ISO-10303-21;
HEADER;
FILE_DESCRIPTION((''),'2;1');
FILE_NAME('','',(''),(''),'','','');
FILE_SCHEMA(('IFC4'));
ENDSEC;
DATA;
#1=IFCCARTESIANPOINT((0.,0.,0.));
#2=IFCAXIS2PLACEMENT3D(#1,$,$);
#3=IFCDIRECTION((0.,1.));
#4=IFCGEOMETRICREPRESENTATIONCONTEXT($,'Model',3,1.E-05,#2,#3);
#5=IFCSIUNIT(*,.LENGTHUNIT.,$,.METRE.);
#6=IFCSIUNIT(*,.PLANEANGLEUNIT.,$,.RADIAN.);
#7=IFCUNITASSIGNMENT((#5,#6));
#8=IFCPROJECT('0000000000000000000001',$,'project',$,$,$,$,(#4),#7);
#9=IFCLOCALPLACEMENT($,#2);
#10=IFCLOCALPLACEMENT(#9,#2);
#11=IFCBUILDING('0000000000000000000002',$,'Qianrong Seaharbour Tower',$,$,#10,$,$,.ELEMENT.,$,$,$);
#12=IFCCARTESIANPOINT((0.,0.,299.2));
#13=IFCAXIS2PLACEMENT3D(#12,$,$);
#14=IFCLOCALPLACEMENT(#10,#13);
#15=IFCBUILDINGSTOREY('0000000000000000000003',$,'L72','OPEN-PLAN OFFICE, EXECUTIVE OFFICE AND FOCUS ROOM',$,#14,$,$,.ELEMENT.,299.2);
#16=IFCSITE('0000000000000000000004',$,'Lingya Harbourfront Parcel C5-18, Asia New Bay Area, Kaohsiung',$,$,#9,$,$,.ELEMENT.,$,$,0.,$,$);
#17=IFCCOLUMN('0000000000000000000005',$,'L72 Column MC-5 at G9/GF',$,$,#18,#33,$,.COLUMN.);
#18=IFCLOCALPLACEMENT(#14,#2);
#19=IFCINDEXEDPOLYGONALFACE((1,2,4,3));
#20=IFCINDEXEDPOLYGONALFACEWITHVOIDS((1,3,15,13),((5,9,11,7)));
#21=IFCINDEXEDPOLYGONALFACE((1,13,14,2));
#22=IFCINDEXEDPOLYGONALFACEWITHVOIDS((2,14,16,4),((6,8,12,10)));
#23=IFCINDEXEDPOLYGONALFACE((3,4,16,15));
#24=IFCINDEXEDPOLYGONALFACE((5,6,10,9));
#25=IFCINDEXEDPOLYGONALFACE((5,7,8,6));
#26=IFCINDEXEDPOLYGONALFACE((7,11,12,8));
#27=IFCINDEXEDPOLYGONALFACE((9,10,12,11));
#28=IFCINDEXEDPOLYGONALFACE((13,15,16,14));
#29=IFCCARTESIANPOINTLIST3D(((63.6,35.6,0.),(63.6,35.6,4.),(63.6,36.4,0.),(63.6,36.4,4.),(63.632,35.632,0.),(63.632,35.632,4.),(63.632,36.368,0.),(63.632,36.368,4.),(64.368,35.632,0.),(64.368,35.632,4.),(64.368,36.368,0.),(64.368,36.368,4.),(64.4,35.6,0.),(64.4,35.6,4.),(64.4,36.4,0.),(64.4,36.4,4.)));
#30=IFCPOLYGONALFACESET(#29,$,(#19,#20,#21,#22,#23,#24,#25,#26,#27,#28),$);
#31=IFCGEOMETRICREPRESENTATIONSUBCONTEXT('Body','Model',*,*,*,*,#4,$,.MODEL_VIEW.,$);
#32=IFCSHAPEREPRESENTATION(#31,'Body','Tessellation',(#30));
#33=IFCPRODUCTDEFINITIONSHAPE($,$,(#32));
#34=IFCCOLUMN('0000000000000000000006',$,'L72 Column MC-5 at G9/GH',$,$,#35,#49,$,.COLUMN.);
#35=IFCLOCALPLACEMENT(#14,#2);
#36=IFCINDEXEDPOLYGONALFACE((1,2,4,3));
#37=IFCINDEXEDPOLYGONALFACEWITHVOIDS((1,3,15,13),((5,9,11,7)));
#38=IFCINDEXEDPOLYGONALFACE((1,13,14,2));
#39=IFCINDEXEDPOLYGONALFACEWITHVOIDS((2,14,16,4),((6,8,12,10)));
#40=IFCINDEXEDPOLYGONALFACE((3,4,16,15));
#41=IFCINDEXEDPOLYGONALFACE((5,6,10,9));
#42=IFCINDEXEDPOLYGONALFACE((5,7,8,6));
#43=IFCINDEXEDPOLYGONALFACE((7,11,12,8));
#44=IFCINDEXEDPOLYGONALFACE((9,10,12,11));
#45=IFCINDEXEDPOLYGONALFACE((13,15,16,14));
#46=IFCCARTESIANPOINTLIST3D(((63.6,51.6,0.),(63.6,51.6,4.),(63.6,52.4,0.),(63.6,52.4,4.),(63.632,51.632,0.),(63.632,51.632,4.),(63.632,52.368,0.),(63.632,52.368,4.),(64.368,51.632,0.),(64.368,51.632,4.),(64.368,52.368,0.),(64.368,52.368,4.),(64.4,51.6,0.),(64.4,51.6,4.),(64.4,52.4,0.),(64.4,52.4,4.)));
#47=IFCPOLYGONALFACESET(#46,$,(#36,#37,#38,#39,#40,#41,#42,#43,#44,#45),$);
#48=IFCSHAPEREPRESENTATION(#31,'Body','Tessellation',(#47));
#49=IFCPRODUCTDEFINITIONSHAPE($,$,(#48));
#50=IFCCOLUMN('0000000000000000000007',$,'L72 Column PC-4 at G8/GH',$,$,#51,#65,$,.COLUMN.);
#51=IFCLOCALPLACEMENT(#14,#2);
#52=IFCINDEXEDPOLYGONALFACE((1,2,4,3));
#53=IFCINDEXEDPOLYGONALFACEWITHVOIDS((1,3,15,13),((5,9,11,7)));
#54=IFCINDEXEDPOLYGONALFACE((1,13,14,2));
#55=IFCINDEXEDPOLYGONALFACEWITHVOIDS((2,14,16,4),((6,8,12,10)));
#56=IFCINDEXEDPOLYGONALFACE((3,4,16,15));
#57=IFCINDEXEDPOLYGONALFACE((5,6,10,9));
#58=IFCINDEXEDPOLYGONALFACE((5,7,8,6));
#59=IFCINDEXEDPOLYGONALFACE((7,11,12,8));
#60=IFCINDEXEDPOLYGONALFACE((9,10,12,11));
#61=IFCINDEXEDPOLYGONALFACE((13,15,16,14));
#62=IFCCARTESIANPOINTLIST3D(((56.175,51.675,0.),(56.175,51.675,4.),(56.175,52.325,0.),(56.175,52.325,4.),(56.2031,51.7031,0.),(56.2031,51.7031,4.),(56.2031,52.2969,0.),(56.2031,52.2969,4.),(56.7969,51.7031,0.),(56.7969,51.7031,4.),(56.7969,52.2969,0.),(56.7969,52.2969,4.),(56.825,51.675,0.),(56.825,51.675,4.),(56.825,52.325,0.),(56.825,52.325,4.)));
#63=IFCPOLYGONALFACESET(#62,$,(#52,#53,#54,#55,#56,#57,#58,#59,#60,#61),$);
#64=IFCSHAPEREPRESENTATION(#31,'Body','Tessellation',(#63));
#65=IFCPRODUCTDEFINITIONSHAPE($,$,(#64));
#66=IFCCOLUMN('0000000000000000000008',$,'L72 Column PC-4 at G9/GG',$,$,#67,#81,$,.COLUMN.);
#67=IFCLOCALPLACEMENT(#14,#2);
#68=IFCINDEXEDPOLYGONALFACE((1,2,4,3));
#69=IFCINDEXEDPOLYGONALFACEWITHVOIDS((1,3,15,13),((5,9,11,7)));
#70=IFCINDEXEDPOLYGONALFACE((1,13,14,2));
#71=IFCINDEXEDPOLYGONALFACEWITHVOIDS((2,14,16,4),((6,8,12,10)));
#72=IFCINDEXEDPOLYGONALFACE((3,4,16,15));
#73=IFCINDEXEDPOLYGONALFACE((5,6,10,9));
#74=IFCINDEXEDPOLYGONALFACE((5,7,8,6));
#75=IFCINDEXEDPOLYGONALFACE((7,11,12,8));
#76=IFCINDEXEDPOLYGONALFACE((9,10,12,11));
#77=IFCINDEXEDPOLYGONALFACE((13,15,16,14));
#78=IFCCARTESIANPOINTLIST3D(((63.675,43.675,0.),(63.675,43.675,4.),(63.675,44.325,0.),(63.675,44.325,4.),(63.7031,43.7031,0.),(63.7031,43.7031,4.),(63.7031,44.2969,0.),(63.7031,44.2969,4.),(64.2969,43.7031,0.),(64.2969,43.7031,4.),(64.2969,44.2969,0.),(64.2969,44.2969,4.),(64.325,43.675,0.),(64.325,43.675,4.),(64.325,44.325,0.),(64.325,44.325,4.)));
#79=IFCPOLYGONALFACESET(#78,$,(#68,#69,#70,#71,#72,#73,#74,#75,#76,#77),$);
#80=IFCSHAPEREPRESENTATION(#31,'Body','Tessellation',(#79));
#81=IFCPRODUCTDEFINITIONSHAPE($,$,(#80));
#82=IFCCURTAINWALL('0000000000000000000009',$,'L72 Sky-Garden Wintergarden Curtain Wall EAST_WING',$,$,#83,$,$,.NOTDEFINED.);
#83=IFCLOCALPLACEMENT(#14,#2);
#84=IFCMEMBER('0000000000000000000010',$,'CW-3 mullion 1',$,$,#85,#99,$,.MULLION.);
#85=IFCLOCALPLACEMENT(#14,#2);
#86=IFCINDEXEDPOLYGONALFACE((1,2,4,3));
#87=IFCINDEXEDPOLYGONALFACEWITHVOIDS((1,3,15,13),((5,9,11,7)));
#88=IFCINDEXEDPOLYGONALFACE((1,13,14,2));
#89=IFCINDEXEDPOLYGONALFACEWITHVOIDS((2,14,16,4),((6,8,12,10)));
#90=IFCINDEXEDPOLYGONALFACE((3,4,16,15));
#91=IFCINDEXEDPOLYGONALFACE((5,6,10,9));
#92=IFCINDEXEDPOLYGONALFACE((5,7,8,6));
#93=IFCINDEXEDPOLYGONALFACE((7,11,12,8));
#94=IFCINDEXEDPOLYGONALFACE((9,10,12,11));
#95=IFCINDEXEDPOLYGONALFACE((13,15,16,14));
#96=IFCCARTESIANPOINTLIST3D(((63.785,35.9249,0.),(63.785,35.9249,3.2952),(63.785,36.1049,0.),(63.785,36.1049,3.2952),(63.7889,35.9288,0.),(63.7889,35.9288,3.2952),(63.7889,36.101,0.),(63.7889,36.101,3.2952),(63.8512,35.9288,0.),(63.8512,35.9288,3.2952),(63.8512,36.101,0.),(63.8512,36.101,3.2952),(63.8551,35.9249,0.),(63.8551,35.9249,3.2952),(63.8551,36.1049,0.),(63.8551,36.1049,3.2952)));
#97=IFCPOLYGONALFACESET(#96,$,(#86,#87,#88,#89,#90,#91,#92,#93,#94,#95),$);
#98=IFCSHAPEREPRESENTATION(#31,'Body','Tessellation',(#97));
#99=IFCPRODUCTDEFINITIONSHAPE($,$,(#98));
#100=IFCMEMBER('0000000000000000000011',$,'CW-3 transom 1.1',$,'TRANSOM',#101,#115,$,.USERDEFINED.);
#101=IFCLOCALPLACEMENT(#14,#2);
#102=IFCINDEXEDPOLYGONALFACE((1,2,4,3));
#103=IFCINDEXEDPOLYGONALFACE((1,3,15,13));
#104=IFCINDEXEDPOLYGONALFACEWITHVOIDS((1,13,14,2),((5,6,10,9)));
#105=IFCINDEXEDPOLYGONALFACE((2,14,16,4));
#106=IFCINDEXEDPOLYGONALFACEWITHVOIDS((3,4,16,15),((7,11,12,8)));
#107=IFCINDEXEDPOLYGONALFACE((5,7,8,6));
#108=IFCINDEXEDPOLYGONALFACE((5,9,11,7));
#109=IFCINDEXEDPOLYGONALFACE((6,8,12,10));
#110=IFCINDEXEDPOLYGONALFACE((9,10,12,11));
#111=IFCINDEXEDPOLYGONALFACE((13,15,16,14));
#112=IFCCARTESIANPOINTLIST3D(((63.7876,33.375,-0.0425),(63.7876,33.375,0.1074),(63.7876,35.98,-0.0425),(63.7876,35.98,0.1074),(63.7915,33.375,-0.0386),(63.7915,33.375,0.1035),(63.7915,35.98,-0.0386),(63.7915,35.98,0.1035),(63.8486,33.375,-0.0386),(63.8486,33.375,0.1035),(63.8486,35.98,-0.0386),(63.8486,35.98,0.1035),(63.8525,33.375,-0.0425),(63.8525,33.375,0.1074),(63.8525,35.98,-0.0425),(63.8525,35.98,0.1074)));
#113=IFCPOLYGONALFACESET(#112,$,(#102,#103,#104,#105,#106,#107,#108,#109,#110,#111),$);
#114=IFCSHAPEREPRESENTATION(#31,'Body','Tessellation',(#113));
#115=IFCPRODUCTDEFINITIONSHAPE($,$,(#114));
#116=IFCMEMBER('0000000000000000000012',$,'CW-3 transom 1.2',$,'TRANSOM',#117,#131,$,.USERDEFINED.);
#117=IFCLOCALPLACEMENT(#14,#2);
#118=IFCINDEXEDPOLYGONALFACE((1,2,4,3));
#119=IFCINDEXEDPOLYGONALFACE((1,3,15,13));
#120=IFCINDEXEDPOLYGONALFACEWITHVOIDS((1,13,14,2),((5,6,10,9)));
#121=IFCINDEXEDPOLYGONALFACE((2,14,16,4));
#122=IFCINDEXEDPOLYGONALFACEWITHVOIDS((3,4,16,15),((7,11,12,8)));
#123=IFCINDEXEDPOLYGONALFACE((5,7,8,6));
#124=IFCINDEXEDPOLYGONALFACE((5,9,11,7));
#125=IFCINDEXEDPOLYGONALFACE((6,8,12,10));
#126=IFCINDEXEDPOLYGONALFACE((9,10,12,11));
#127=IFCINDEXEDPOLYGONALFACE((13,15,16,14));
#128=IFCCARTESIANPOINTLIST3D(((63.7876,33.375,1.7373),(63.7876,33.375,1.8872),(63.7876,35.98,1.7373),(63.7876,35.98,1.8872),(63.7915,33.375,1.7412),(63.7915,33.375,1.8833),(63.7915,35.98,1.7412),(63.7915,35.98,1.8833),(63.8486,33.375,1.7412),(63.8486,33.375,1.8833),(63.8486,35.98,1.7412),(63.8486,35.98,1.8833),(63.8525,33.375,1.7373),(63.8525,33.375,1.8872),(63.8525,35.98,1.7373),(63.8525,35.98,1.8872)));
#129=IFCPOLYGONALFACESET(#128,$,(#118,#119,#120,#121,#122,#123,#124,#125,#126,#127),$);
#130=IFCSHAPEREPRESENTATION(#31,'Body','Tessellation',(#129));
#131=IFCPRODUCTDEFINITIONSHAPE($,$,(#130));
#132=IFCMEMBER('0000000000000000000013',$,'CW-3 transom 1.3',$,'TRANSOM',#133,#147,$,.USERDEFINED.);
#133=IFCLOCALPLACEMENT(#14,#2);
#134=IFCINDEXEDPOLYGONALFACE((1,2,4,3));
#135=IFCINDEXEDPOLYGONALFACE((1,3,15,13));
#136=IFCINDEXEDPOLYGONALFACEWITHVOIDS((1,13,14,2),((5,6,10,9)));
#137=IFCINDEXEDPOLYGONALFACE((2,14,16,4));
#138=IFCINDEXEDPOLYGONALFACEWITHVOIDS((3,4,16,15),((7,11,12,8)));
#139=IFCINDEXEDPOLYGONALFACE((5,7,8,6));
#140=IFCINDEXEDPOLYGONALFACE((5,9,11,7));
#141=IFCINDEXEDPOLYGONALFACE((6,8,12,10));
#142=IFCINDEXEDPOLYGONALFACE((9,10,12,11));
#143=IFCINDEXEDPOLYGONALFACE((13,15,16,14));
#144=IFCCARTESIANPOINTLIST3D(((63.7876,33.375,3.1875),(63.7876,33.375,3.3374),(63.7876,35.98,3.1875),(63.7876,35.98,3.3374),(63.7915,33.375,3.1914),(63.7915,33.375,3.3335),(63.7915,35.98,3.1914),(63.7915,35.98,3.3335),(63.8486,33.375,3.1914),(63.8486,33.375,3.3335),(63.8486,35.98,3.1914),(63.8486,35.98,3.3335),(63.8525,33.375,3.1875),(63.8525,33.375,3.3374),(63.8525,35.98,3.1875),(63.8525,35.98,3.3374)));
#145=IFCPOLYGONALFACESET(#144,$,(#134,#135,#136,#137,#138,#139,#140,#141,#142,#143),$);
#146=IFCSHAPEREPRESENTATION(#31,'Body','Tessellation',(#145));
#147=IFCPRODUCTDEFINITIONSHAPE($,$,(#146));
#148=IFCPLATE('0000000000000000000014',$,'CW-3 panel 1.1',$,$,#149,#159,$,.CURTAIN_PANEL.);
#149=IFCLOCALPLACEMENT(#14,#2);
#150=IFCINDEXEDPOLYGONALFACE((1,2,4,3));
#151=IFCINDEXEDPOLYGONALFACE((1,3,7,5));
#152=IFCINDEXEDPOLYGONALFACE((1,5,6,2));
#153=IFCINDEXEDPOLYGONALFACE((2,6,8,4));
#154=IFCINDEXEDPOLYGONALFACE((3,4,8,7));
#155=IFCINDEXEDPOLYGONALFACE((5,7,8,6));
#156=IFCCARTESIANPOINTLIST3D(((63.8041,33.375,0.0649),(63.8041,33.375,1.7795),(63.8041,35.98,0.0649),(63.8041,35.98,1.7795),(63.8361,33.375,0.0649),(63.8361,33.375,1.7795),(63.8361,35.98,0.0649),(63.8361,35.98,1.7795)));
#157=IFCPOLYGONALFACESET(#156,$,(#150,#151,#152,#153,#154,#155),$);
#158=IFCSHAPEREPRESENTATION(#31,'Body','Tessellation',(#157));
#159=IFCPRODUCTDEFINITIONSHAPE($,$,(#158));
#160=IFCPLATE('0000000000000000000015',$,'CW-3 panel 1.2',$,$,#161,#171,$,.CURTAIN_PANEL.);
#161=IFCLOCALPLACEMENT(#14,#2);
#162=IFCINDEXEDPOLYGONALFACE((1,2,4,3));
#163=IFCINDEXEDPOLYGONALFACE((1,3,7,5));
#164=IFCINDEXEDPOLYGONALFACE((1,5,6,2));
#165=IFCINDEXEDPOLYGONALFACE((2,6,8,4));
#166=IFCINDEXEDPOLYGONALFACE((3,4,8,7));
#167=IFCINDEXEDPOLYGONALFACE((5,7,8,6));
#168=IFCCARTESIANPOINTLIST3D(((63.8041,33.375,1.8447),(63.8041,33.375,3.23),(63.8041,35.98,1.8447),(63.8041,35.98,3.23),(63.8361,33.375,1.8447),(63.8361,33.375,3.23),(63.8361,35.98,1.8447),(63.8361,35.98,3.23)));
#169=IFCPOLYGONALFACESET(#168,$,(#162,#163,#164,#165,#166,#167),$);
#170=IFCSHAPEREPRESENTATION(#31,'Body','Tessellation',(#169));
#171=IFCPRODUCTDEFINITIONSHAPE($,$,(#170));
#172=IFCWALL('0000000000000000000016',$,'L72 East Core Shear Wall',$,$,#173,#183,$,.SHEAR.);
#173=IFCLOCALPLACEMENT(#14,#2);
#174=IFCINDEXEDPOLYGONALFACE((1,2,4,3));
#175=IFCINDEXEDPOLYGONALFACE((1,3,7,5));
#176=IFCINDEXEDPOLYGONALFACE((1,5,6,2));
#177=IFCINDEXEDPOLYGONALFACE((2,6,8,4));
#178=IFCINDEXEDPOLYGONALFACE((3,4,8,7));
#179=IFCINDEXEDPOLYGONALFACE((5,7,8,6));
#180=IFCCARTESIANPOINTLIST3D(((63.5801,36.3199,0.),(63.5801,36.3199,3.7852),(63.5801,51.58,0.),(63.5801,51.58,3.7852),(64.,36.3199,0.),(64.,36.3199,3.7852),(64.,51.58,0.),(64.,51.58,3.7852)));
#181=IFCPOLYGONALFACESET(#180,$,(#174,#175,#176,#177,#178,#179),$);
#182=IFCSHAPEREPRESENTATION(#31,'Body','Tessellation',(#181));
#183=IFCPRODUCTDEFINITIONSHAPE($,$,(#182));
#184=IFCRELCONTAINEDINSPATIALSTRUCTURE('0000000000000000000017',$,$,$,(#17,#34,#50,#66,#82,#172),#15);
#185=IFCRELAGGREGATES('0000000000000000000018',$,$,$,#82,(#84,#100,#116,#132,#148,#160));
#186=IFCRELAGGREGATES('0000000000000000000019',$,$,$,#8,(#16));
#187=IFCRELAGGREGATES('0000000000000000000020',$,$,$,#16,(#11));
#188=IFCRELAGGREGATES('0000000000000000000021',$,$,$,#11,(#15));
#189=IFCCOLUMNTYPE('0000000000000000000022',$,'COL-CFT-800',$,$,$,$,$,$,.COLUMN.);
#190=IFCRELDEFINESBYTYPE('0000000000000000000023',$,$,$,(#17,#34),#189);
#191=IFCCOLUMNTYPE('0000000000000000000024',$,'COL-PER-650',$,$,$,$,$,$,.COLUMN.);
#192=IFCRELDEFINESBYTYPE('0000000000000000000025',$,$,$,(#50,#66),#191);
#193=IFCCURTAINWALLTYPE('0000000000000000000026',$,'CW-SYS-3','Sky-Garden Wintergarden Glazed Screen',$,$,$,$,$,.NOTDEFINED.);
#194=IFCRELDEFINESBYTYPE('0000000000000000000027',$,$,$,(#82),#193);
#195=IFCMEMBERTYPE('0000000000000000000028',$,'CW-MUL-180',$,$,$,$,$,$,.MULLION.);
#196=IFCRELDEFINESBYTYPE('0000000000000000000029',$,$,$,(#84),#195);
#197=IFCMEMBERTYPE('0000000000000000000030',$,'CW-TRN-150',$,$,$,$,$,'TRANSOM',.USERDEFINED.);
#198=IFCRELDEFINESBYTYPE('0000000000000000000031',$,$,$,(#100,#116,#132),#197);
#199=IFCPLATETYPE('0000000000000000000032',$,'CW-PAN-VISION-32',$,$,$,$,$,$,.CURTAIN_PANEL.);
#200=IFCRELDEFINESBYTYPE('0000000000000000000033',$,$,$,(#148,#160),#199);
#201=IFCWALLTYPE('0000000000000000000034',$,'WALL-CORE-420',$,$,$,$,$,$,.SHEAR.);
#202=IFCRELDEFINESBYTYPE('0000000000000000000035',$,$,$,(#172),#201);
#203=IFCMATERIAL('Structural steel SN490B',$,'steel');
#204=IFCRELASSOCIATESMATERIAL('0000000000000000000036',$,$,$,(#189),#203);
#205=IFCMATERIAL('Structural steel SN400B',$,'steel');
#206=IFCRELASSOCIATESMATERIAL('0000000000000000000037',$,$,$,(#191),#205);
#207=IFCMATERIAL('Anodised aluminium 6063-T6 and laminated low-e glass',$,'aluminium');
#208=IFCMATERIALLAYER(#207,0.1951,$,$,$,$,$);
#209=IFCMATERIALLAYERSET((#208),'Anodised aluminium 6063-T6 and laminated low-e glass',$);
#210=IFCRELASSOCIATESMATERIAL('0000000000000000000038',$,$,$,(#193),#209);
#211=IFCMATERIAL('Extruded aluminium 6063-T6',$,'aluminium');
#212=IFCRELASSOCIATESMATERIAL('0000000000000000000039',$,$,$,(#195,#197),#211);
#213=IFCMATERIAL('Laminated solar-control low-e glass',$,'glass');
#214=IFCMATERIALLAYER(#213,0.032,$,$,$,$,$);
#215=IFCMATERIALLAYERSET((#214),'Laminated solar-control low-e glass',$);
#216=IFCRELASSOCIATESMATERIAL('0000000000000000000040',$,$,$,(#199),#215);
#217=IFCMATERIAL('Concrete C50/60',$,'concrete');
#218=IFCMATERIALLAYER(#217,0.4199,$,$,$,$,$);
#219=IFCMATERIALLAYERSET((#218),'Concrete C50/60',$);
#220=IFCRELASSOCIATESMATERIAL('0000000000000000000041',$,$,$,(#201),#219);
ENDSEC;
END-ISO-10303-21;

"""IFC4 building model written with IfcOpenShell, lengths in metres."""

from ifc_helpers import new_model, si_unit, direction, frame, frame_2d, origin, origin_2d, place, context, subcontext, project, spatial, rectangle, hollow_rectangle, extrude, material, layer, layer_set, material_profile, profile_set, type_object, element, aggregate, save


model = new_model("IFC4")

# Units and contexts
model_context = context("Model", 3, precision=1e-05, world=origin(), true_north=direction((0.0, 1.0)))
body_context = subcontext(model_context, "Body", "Model", "MODEL_VIEW")
ifc_project = project(units=[si_unit("LENGTHUNIT", "METRE"), si_unit("PLANEANGLEUNIT", "RADIAN")], contexts=[model_context])

# Site, building, storey
site_placement = place(None, origin())
site = spatial("IfcSite", under=ifc_project, at=site_placement, Name="Lingya Harbourfront Parcel C5-18, Asia New Bay Area, Kaohsiung", CompositionType="ELEMENT", RefElevation=0.0)
building_placement = place(site_placement, origin())
building = spatial("IfcBuilding", under=site, at=building_placement, Name="Qianrong Seaharbour Tower", CompositionType="ELEMENT")
storey_placement = place(building_placement, frame((0.0, 0.0, 299.2)))
storey = spatial("IfcBuildingStorey", under=building, at=storey_placement, Name="L72", Description="OPEN-PLAN OFFICE, EXECUTIVE OFFICE AND FOCUS ROOM", CompositionType="ELEMENT", Elevation=299.2)

# Columns
ifc_material_1 = material(Name="Structural steel SN490B", Category="steel")
ifc_material_profile_1 = material_profile(ifc_material_1, hollow_rectangle(XDim=0.8, YDim=0.8, WallThickness=0.032, at=origin_2d()), Name="BOX800x800x32")
ifc_profile_set_1 = profile_set([ifc_material_profile_1], Name="Structural steel SN490B")
column_type_1 = type_object("IfcColumnType", Name="COL-CFT-800", PredefinedType="COLUMN", material=ifc_profile_set_1)
for number, where, z_axis, x_axis, name in (
    (1, (64.0, 36.0, 0.0), (0.0, 0.0, 1.0), (1.0, 0.0, 0.0), "L72 Column MC-5 at G9/GF"),
    (2, (64.0, 52.0, 0.0), (0.0, 0.0, 1.0), (1.0, 0.0, 0.0), "L72 Column MC-5 at G9/GH"),
):
    element("IfcColumn", number, at=place(storey_placement, frame(where, z_axis=z_axis, x_axis=x_axis)), inside=storey, type_object=column_type_1, Name=name, PredefinedType="COLUMN", context=body_context, shape_type="SweptSolid", body=[
        extrude(hollow_rectangle(XDim=0.8, YDim=0.8, WallThickness=0.032, at=origin_2d()), origin(), (0.0, 0.0, 1.0), 4.0),
    ])
ifc_material_2 = material(Name="Structural steel SN400B", Category="steel")
ifc_material_profile_2 = material_profile(ifc_material_2, hollow_rectangle(XDim=0.6499, YDim=0.6499, WallThickness=0.0281, at=origin_2d()), Name="BOX650x650x28")
ifc_profile_set_2 = profile_set([ifc_material_profile_2], Name="Structural steel SN400B")
column_type_2 = type_object("IfcColumnType", Name="COL-PER-650", PredefinedType="COLUMN", material=ifc_profile_set_2)
for number, where, z_axis, x_axis, name in (
    (3, (56.5, 52.0, 0.0), (0.0, 0.0, 1.0), (1.0, 0.0, 0.0), "L72 Column PC-4 at G8/GH"),
    (4, (64.0, 44.0, 0.0), (0.0, 0.0, 1.0), (1.0, 0.0, 0.0), "L72 Column PC-4 at G9/GG"),
):
    element("IfcColumn", number, at=place(storey_placement, frame(where, z_axis=z_axis, x_axis=x_axis)), inside=storey, type_object=column_type_2, Name=name, PredefinedType="COLUMN", context=body_context, shape_type="SweptSolid", body=[
        extrude(hollow_rectangle(XDim=0.6499, YDim=0.6499, WallThickness=0.0281, at=origin_2d()), origin(), (0.0, 0.0, 1.0), 4.0),
    ])

# Curtain wall, members, plates
ifc_material_3 = material(Name="Anodised aluminium 6063-T6 and laminated low-e glass", Category="aluminium")
ifc_layer_1 = layer(ifc_material_3, 0.1951)
ifc_layer_set_1 = layer_set([ifc_layer_1], Name="Anodised aluminium 6063-T6 and laminated low-e glass")
curtain_wall_type = type_object("IfcCurtainWallType", Name="CW-SYS-3", Description="Sky-Garden Wintergarden Glazed Screen", PredefinedType="NOTDEFINED", material=ifc_layer_set_1)
curtain_wall_placement = place(storey_placement, origin())
curtain_wall = element("IfcCurtainWall", 5, at=curtain_wall_placement, inside=storey, type_object=curtain_wall_type, Name="L72 Sky-Garden Wintergarden Curtain Wall EAST_WING", PredefinedType="NOTDEFINED")
ifc_material_4 = material(Name="Extruded aluminium 6063-T6", Category="aluminium")
ifc_material_profile_3 = material_profile(ifc_material_4, hollow_rectangle(XDim=0.0701, YDim=0.1799, WallThickness=0.0039, at=origin_2d()), Name="ALU-MUL-180x70x4")
ifc_profile_set_3 = profile_set([ifc_material_profile_3], Name="Extruded aluminium 6063-T6")
member_type_1 = type_object("IfcMemberType", Name="CW-MUL-180", PredefinedType="MULLION", material=ifc_profile_set_3)
member_1_placement = place(storey_placement, frame((63.8201, 36.0149, 0.0), z_axis=(0.0, 0.0, 1.0), x_axis=(1.0, 0.0, 0.0)))
member_1 = element("IfcMember", 6, at=member_1_placement, type_object=member_type_1, Name="CW-3 mullion 1", PredefinedType="MULLION", context=body_context, shape_type="SweptSolid", body=[
    extrude(hollow_rectangle(XDim=0.0701, YDim=0.1799, WallThickness=0.0039, at=origin_2d()), origin(), (0.0, 0.0, 1.0), 3.2952),
])
ifc_material_profile_4 = material_profile(ifc_material_4, hollow_rectangle(XDim=0.0649, YDim=0.1499, WallThickness=0.0039, at=origin_2d()), Name="ALU-TRN-150x65x4")
ifc_profile_set_4 = profile_set([ifc_material_profile_4], Name="Extruded aluminium 6063-T6")
member_type_2 = type_object("IfcMemberType", Name="CW-TRN-150", ElementType="TRANSOM", PredefinedType="USERDEFINED", material=ifc_profile_set_4)
member_2_placement = place(storey_placement, frame((63.8201, 35.98, 0.0325), z_axis=(0.0, -1.0, 0.0), x_axis=(1.0, 0.0, 0.0)))
member_2 = element("IfcMember", 7, at=member_2_placement, type_object=member_type_2, Name="CW-3 transom 1.1", ObjectType="TRANSOM", PredefinedType="USERDEFINED", context=body_context, shape_type="SweptSolid", body=[
    extrude(hollow_rectangle(XDim=0.0649, YDim=0.1499, WallThickness=0.0039, at=origin_2d()), origin(), (0.0, 0.0, 1.0), 2.605),
])
member_3_placement = place(storey_placement, frame((63.8201, 35.98, 1.8123), z_axis=(0.0, -1.0, 0.0), x_axis=(1.0, 0.0, 0.0)))
member_3 = element("IfcMember", 8, at=member_3_placement, type_object=member_type_2, Name="CW-3 transom 1.2", ObjectType="TRANSOM", PredefinedType="USERDEFINED", context=body_context, shape_type="SweptSolid", body=[
    extrude(hollow_rectangle(XDim=0.0649, YDim=0.1499, WallThickness=0.0039, at=origin_2d()), origin(), (0.0, 0.0, 1.0), 2.605),
])
member_4_placement = place(storey_placement, frame((63.8201, 35.98, 3.2625), z_axis=(0.0, -1.0, 0.0), x_axis=(1.0, 0.0, 0.0)))
member_4 = element("IfcMember", 9, at=member_4_placement, type_object=member_type_2, Name="CW-3 transom 1.3", ObjectType="TRANSOM", PredefinedType="USERDEFINED", context=body_context, shape_type="SweptSolid", body=[
    extrude(hollow_rectangle(XDim=0.0649, YDim=0.1499, WallThickness=0.0039, at=origin_2d()), origin(), (0.0, 0.0, 1.0), 2.605),
])
ifc_material_5 = material(Name="Laminated solar-control low-e glass", Category="glass")
ifc_layer_2 = layer(ifc_material_5, 0.032)
ifc_layer_set_2 = layer_set([ifc_layer_2], Name="Laminated solar-control low-e glass")
plate_type = type_object("IfcPlateType", Name="CW-PAN-VISION-32", PredefinedType="CURTAIN_PANEL", material=ifc_layer_set_2)
plate_1_placement = place(storey_placement, frame((63.8201, 34.6775, 0.0649), z_axis=(0.0, 0.0, 1.0), x_axis=(0.0, -1.0, 0.0)))
plate_1 = element("IfcPlate", 10, at=plate_1_placement, type_object=plate_type, Name="CW-3 panel 1.1", PredefinedType="CURTAIN_PANEL", context=body_context, shape_type="SweptSolid", body=[
    extrude(rectangle(XDim=2.605, YDim=0.032, at=origin_2d()), origin(), (0.0, 0.0, 1.0), 1.7146),
])
plate_2_placement = place(storey_placement, frame((63.8201, 34.6775, 1.8447), z_axis=(0.0, 0.0, 1.0), x_axis=(0.0, -1.0, 0.0)))
plate_2 = element("IfcPlate", 11, at=plate_2_placement, type_object=plate_type, Name="CW-3 panel 1.2", PredefinedType="CURTAIN_PANEL", context=body_context, shape_type="SweptSolid", body=[
    extrude(rectangle(XDim=2.605, YDim=0.032, at=origin_2d()), origin(), (0.0, 0.0, 1.0), 1.3853),
])
aggregate(curtain_wall, [member_1, member_2, member_3, member_4, plate_1, plate_2])

# Wall
ifc_material_6 = material(Name="Concrete C50/60", Category="concrete")
ifc_layer_3 = layer(ifc_material_6, 0.4199)
ifc_layer_set_3 = layer_set([ifc_layer_3], Name="Concrete C50/60")
wall_type_1 = type_object("IfcWallType", Name="WALL-CORE-420", PredefinedType="SHEAR", material=ifc_layer_set_3)
wall_1_placement = place(storey_placement, frame((63.79, 36.3201, 0.0), z_axis=(0.0, 0.0, 1.0), x_axis=(0.0, 1.0, 0.0)))
element("IfcWall", 12, at=wall_1_placement, inside=storey, type_object=wall_type_1, Name="L72 East Core Shear Wall", PredefinedType="SHEAR", context=body_context, shape_type="SweptSolid", body=[
    extrude(rectangle(XDim=15.26, YDim=0.4199, at=frame_2d((7.6299, 0.0))), origin(), (0.0, 0.0, 1.0), 3.7852),
])

save(model, "model.ifc")
